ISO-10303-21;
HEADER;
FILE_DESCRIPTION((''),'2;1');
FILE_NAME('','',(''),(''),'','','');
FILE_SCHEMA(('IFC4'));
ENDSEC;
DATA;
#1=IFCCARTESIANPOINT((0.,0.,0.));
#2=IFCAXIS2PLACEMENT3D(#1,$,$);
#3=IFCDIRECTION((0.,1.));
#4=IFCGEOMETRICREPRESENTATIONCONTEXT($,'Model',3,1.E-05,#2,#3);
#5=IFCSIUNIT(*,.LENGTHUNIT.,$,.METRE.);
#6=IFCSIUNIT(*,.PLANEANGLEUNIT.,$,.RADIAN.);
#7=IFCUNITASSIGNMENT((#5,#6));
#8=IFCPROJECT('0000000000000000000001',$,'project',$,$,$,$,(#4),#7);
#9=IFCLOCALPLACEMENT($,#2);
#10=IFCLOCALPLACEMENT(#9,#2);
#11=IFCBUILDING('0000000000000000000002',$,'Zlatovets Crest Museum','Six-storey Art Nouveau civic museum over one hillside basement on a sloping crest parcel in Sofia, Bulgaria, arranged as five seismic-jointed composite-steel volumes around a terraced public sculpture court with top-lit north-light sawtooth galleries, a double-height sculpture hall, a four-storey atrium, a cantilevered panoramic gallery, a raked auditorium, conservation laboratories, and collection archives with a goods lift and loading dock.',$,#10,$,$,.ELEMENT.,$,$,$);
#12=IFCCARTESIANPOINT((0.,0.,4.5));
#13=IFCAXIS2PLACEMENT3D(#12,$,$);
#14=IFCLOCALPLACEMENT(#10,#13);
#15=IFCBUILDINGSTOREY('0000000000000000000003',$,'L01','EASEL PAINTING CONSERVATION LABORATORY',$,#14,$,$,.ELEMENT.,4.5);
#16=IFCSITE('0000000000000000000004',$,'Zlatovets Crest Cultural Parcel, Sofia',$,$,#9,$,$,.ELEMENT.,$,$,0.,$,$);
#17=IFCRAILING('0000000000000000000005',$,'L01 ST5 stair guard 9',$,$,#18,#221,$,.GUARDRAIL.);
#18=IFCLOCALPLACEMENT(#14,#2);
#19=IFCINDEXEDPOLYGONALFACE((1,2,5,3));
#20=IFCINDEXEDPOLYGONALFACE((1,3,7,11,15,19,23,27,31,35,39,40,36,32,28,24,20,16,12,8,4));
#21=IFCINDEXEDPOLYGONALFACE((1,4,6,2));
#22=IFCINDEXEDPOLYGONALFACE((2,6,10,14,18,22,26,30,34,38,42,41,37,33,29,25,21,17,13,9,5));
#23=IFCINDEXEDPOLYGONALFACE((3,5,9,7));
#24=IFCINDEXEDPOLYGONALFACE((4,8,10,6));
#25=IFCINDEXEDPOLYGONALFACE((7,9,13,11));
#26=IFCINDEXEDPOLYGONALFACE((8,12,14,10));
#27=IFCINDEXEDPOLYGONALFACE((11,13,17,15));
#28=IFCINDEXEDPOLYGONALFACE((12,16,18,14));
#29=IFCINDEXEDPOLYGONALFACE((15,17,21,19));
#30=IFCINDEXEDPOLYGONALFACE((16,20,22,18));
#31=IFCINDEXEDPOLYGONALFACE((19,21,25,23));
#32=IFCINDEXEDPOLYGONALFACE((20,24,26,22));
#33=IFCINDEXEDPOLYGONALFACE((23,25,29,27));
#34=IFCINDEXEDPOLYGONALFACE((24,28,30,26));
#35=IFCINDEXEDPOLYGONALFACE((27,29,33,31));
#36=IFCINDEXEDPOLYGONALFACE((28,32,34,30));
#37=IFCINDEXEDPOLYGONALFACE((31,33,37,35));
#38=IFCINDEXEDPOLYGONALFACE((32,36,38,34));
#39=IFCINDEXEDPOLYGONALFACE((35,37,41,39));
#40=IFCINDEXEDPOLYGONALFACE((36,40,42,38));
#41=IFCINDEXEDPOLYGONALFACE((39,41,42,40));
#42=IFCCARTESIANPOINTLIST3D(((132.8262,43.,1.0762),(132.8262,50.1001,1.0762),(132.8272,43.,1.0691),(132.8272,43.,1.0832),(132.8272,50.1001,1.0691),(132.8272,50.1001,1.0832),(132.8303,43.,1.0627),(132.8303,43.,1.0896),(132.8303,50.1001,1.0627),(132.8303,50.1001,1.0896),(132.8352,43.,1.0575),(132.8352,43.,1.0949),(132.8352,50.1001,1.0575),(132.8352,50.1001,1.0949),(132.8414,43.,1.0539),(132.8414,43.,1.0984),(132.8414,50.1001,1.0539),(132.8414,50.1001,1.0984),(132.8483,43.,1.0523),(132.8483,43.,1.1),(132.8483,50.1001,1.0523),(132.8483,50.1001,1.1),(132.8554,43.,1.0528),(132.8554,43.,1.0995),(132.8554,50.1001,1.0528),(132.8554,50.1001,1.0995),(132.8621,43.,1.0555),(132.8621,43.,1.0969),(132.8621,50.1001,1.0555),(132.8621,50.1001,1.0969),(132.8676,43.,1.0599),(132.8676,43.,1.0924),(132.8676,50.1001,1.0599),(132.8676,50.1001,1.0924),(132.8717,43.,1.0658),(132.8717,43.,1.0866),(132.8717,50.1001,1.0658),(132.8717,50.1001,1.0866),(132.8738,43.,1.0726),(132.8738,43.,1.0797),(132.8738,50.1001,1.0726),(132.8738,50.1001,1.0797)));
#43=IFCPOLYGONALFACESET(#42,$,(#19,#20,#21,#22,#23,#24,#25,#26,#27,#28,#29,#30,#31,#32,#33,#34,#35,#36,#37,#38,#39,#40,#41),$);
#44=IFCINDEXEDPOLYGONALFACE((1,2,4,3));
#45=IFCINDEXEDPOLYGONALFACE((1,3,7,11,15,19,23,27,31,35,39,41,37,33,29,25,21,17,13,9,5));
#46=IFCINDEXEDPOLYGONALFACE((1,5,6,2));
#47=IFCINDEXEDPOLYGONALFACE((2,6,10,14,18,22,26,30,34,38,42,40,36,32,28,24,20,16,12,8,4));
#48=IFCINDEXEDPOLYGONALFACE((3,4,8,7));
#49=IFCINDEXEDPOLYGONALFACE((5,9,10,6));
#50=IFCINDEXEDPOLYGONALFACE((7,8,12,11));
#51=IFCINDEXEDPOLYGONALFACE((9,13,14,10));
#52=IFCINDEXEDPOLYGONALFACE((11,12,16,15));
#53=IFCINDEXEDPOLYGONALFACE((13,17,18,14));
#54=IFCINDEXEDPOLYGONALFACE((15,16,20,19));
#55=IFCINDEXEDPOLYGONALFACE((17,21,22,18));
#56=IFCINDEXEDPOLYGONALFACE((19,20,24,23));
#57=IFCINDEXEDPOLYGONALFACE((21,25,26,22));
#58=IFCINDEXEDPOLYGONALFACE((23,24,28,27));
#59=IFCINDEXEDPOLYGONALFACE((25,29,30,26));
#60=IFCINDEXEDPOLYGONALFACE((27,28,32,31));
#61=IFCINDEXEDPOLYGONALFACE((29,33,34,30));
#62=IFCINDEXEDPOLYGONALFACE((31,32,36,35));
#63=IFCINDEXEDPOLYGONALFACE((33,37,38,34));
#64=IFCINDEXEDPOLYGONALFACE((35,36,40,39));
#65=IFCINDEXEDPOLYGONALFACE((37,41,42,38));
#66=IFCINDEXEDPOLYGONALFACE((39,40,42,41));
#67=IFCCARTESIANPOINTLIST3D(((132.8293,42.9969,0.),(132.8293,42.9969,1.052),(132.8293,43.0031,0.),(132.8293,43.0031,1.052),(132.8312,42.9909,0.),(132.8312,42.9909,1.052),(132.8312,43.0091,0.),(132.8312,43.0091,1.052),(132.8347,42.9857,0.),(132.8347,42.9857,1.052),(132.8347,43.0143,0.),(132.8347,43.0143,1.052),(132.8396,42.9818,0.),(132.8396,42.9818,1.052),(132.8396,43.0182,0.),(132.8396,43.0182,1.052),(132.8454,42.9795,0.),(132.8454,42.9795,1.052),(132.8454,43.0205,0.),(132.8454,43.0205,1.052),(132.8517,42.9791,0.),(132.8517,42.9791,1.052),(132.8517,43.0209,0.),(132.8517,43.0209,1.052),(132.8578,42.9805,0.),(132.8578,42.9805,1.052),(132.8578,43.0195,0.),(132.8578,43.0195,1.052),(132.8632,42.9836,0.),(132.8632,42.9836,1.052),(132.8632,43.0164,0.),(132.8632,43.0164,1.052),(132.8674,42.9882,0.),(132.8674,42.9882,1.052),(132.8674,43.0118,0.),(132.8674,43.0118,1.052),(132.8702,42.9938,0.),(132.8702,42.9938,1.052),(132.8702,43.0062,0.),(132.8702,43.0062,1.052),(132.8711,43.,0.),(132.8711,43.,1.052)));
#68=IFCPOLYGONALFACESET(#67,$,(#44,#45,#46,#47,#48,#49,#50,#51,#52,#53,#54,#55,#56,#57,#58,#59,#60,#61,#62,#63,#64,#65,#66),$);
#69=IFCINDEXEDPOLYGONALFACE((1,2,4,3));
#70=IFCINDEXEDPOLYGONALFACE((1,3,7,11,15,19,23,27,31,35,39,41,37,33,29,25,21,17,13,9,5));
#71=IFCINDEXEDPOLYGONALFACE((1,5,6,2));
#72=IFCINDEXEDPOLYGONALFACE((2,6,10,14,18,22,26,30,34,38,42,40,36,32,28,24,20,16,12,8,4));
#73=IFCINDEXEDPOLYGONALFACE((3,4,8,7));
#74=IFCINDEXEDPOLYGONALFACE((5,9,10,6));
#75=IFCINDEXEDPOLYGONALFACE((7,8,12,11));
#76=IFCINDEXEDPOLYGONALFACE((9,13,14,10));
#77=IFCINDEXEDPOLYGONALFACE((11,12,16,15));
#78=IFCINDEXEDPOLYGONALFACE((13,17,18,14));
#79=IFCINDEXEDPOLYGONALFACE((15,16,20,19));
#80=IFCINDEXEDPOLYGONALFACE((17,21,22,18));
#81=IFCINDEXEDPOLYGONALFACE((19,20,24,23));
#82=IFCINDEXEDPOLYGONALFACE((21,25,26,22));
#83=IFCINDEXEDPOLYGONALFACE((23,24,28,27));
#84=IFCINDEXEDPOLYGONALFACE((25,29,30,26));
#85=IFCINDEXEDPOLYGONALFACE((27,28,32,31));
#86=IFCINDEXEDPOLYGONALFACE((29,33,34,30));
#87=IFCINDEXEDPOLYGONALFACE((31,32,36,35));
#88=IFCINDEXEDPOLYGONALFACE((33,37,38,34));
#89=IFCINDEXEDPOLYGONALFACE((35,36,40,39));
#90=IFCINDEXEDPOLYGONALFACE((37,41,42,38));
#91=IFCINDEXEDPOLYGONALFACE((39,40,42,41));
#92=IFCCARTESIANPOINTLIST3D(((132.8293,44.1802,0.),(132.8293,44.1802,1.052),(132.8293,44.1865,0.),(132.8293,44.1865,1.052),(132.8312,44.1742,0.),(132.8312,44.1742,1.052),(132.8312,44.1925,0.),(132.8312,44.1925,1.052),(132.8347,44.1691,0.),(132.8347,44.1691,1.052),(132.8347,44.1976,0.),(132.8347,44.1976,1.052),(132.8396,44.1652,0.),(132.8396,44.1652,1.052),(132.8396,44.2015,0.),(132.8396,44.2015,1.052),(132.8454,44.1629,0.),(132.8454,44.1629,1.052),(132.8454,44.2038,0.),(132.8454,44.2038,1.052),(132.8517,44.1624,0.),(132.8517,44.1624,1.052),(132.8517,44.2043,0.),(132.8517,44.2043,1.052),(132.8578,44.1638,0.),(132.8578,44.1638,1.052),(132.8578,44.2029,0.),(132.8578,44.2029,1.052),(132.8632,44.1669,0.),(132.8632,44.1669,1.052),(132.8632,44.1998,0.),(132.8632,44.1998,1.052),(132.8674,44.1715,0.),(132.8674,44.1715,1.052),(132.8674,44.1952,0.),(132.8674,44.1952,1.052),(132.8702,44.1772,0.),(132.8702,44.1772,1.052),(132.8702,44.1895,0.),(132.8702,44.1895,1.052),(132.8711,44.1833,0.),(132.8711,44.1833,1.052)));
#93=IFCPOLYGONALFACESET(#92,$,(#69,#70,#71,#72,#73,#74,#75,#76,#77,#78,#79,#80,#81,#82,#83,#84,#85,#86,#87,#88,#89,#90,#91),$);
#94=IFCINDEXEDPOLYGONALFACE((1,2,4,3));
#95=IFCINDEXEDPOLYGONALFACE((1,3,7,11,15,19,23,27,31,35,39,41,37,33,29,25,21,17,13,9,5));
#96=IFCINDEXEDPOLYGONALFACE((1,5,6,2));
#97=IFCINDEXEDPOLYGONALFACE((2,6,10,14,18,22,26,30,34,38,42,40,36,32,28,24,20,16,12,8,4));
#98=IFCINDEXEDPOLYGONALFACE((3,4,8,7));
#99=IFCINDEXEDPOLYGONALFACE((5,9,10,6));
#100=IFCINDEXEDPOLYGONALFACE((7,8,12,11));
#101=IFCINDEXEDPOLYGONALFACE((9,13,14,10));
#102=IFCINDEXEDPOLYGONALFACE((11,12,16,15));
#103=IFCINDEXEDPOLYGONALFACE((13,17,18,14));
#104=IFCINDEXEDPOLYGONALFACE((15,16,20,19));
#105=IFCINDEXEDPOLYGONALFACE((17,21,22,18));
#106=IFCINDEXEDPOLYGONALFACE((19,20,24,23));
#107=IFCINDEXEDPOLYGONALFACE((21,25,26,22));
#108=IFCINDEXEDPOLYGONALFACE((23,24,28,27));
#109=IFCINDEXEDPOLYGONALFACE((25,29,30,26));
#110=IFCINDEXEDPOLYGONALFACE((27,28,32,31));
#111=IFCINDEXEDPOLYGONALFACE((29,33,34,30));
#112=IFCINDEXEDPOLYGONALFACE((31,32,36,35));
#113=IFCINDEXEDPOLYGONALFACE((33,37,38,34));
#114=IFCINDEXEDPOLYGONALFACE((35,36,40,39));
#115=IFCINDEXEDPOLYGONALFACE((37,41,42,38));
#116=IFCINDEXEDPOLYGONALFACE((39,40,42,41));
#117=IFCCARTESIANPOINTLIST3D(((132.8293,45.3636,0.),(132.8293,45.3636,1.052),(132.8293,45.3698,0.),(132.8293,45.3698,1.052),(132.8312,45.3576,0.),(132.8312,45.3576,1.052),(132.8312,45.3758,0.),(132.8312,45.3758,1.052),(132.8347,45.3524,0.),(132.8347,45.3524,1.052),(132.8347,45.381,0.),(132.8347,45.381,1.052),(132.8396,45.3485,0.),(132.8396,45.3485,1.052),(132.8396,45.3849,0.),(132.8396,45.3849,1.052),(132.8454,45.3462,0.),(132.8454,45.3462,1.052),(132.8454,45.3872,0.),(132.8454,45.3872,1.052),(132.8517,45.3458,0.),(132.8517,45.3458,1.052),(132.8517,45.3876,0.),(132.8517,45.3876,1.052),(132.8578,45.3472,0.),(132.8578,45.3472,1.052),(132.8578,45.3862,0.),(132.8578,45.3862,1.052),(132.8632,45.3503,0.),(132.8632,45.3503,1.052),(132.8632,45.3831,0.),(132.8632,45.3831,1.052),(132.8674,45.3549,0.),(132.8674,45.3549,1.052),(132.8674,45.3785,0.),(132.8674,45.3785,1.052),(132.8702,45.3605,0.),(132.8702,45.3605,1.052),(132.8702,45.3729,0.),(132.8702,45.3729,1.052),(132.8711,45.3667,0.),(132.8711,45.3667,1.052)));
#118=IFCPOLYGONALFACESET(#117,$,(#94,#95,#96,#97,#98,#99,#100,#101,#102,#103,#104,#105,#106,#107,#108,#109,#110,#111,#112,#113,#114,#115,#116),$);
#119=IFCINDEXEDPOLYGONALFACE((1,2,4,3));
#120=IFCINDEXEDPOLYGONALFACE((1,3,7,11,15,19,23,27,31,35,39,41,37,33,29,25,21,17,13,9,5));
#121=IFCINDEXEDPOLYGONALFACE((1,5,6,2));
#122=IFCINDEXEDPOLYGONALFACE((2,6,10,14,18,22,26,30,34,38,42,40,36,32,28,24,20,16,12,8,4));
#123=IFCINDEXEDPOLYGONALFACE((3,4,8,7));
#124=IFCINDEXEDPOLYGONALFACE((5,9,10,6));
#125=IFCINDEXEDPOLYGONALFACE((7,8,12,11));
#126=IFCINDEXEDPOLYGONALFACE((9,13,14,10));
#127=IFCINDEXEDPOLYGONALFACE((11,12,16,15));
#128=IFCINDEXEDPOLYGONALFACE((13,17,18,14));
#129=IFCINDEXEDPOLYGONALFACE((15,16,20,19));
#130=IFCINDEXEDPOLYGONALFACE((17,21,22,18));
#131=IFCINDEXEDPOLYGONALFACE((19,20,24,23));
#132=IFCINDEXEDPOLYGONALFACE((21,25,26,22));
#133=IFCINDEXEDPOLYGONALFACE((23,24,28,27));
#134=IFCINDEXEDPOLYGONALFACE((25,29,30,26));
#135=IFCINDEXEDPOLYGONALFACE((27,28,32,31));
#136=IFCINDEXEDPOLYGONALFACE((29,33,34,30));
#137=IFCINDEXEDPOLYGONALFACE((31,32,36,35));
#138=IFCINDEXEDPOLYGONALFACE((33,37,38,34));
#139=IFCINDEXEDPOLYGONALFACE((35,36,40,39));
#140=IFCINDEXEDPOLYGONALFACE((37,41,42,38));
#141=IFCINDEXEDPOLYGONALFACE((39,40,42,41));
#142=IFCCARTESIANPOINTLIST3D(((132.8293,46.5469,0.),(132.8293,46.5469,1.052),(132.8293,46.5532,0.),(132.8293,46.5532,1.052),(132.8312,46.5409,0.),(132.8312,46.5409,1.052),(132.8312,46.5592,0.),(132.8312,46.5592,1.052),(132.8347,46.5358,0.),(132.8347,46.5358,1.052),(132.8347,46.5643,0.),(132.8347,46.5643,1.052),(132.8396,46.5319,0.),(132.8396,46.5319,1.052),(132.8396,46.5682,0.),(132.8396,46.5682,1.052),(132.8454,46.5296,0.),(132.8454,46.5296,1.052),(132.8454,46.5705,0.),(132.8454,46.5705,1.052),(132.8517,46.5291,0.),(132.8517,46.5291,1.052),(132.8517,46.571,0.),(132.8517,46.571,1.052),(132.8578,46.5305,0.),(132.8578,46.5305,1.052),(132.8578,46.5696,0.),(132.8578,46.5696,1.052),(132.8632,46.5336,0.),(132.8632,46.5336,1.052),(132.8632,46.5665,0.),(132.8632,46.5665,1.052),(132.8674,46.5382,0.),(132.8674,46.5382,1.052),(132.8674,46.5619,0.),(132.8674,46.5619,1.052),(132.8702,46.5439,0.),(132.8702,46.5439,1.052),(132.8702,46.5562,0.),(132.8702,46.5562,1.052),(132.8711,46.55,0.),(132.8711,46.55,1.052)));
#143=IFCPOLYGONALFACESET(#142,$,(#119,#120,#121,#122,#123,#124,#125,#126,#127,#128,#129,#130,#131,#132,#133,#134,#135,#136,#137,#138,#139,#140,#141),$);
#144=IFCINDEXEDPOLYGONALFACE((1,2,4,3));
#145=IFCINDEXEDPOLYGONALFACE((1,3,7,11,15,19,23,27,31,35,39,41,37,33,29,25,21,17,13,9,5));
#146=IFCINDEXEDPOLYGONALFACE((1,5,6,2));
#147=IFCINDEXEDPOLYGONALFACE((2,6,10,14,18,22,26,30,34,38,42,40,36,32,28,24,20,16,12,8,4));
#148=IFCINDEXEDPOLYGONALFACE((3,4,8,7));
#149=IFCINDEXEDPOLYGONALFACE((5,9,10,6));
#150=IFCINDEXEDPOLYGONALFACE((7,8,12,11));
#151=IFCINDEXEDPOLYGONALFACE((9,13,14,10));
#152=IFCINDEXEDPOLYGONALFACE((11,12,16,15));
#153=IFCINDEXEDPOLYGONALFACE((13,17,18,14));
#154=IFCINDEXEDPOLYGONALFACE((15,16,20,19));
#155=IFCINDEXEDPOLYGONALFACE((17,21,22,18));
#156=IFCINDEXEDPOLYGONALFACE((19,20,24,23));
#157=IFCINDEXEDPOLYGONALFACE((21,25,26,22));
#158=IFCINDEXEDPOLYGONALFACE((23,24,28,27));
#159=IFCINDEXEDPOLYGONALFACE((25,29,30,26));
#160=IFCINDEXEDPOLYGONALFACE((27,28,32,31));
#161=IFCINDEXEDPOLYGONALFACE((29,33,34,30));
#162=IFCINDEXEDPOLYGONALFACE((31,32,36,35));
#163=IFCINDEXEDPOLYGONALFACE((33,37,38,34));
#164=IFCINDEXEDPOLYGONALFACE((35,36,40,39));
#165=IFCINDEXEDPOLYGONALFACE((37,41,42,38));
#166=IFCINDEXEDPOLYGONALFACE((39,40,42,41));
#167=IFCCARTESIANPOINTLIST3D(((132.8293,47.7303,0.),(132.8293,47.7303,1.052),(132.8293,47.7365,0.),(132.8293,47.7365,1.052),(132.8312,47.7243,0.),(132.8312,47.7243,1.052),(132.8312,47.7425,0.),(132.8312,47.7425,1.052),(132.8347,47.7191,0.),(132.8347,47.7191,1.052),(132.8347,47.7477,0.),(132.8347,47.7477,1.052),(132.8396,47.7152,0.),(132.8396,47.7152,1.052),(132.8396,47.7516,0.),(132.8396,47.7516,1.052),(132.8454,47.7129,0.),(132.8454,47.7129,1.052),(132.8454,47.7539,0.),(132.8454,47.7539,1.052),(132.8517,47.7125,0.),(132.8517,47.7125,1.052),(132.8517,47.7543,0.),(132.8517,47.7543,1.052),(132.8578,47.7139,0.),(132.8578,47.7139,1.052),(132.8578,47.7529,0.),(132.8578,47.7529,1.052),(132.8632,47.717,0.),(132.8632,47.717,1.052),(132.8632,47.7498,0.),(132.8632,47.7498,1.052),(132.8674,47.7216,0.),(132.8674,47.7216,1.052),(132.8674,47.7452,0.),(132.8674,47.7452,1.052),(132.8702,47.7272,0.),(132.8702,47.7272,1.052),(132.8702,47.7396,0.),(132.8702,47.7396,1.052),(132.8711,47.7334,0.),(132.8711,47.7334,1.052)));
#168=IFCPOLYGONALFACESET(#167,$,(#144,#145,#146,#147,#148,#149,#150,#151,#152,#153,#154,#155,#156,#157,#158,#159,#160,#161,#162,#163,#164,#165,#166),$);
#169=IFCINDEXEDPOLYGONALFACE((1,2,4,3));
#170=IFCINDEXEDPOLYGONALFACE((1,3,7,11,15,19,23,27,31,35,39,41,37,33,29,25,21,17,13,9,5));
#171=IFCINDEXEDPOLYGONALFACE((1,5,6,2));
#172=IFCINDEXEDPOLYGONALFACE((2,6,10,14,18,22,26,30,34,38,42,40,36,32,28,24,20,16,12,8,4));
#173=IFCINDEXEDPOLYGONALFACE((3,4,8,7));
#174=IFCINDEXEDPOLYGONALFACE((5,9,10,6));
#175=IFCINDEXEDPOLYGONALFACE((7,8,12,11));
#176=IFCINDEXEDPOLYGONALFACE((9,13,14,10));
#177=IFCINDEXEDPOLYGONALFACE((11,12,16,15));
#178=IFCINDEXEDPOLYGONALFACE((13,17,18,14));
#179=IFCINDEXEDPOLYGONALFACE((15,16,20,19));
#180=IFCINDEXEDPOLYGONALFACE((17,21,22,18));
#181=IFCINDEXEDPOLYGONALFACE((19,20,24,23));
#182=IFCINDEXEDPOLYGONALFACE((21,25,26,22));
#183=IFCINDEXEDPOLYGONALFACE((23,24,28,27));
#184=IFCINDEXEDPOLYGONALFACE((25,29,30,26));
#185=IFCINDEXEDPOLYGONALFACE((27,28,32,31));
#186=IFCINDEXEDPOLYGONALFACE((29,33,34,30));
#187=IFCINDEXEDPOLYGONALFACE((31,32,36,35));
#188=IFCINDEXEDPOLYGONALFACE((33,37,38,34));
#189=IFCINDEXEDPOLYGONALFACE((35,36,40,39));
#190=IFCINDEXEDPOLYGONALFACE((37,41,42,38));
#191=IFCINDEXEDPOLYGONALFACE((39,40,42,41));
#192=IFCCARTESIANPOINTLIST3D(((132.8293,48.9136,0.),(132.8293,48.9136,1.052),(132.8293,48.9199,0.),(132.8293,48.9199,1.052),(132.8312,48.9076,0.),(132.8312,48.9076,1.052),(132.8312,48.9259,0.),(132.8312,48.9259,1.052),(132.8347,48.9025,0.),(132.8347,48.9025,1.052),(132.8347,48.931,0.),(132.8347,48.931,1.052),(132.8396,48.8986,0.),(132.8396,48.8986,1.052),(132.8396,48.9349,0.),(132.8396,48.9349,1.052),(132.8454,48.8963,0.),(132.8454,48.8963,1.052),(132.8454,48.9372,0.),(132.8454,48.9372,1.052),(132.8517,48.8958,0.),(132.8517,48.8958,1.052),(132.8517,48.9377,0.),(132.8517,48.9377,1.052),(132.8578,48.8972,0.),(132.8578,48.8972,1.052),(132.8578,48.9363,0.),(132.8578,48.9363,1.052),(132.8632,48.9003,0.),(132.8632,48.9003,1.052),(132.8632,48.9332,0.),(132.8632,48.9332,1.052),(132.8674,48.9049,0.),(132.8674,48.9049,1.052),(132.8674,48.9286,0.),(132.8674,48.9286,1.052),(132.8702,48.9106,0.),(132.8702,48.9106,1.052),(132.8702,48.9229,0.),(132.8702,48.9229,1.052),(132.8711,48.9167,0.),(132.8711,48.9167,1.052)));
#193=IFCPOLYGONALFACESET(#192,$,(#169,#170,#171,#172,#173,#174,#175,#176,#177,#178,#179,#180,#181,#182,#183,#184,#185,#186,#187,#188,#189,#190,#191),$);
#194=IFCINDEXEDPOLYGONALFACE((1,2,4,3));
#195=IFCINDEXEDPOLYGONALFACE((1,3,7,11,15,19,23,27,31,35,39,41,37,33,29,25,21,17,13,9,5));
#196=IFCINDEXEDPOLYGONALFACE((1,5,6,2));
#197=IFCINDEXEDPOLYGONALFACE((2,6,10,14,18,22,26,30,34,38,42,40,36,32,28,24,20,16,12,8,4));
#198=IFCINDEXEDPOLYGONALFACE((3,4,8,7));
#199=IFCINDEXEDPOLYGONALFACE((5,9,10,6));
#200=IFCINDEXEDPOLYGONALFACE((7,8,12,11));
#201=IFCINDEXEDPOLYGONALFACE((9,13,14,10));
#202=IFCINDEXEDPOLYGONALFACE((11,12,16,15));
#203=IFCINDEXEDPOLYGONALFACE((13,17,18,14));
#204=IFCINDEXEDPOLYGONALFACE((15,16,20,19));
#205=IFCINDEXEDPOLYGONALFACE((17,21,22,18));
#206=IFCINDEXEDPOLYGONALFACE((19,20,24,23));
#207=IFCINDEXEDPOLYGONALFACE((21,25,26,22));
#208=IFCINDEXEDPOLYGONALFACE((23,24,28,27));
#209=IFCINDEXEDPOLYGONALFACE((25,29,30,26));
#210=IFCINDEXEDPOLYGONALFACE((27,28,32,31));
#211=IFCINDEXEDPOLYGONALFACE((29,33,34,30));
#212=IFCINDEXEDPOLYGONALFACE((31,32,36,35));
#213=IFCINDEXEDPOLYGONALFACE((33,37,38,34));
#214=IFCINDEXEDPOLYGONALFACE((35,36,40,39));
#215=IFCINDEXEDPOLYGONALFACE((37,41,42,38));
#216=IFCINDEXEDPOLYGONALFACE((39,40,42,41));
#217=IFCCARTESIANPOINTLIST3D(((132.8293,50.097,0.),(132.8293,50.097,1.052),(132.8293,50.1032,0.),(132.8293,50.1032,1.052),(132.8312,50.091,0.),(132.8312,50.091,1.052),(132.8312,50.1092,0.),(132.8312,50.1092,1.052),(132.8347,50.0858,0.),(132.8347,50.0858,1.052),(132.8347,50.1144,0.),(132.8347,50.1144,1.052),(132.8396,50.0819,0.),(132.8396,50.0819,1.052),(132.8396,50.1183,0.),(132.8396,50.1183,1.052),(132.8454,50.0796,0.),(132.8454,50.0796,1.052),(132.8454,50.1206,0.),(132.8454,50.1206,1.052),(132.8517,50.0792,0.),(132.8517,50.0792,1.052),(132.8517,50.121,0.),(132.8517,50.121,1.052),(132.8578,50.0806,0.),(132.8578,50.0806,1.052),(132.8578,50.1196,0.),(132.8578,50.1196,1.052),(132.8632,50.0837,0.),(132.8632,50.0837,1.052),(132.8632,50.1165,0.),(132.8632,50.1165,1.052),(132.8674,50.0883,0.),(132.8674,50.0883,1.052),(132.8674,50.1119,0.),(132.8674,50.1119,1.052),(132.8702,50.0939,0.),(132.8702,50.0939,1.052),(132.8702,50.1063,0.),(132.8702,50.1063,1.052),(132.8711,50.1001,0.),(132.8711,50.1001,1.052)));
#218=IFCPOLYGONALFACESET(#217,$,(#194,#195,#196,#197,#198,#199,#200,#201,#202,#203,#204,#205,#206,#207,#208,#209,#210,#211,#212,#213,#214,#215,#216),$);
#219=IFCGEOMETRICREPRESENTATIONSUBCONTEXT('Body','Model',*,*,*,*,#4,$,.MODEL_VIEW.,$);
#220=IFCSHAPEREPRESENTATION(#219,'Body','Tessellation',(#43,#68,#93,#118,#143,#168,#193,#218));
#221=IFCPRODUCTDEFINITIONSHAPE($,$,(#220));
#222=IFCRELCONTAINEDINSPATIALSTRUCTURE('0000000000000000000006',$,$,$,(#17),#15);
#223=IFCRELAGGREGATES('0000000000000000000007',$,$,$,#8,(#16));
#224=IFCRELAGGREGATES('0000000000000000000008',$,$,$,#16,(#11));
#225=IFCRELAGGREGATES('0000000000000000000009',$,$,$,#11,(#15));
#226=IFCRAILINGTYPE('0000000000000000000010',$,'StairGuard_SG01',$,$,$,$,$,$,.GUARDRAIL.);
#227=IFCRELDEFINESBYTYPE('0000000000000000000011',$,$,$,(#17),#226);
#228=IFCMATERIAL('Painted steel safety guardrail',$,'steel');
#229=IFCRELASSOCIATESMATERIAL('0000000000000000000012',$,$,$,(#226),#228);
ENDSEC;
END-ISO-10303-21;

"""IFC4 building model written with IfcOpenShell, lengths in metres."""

from ifc_helpers import new_model, si_unit, direction, frame, origin, origin_2d, place, context, subcontext, project, spatial, circle, extrude, material, type_object, element, save


model = new_model("IFC4")

# Units and contexts
model_context = context("Model", 3, precision=1e-05, world=origin(), true_north=direction((0.0, 1.0)))
body_context = subcontext(model_context, "Body", "Model", "MODEL_VIEW")
ifc_project = project(units=[si_unit("LENGTHUNIT", "METRE"), si_unit("PLANEANGLEUNIT", "RADIAN")], contexts=[model_context])

# Site, building, storey
site_placement = place(None, origin())
site = spatial("IfcSite", under=ifc_project, at=site_placement, Name="Zlatovets Crest Cultural Parcel, Sofia", CompositionType="ELEMENT", RefElevation=0.0)
building_placement = place(site_placement, origin())
building = spatial("IfcBuilding", under=site, at=building_placement, Name="Zlatovets Crest Museum", Description="Six-storey Art Nouveau civic museum over one hillside basement on a sloping crest parcel in Sofia, Bulgaria, arranged as five seismic-jointed composite-steel volumes around a terraced public sculpture court with top-lit north-light sawtooth galleries, a double-height sculpture hall, a four-storey atrium, a cantilevered panoramic gallery, a raked auditorium, conservation laboratories, and collection archives with a goods lift and loading dock.", CompositionType="ELEMENT")
storey_placement = place(building_placement, frame((0.0, 0.0, 4.5)))
storey = spatial("IfcBuildingStorey", under=building, at=storey_placement, Name="L01", Description="EASEL PAINTING CONSERVATION LABORATORY", CompositionType="ELEMENT", Elevation=4.5)

# Railing
ifc_material_1 = material(Name="Painted steel safety guardrail", Category="steel")
railing_type_1 = type_object("IfcRailingType", Name="StairGuard_SG01", PredefinedType="GUARDRAIL", material=ifc_material_1)
for number, where, name in (
    (1, (132.8501, 43.0, 0.0), "L01 ST5 stair guard 9"),
):
    element("IfcRailing", number, at=place(storey_placement, frame(where)), inside=storey, type_object=railing_type_1, Name=name, PredefinedType="GUARDRAIL", context=body_context, shape_type="SweptSolid", body=[
        extrude(circle(Radius=0.0239, at=origin_2d()), frame((0.0, 0.0, 1.0762), z_axis=(0.0, 1.0, 0.0), x_axis=(-1.0, 0.0, 0.0)), (0.0, 0.0, 1.0), 7.1001),
        extrude(circle(Radius=0.021, at=origin_2d()), origin(), (0.0, 0.0, 1.0), 1.052),
        extrude(circle(Radius=0.021, at=origin_2d()), frame((0.0, 1.1833, 0.0)), (0.0, 0.0, 1.0), 1.052),
        extrude(circle(Radius=0.021, at=origin_2d()), frame((0.0, 2.3667, 0.0)), (0.0, 0.0, 1.0), 1.052),
        extrude(circle(Radius=0.021, at=origin_2d()), frame((0.0, 3.55, 0.0)), (0.0, 0.0, 1.0), 1.052),
        extrude(circle(Radius=0.021, at=origin_2d()), frame((0.0, 4.7334, 0.0)), (0.0, 0.0, 1.0), 1.052),
        extrude(circle(Radius=0.021, at=origin_2d()), frame((0.0, 5.9167, 0.0)), (0.0, 0.0, 1.0), 1.052),
        extrude(circle(Radius=0.021, at=origin_2d()), frame((0.0, 7.1001, 0.0)), (0.0, 0.0, 1.0), 1.052),
    ])

save(model, "model.ifc")
